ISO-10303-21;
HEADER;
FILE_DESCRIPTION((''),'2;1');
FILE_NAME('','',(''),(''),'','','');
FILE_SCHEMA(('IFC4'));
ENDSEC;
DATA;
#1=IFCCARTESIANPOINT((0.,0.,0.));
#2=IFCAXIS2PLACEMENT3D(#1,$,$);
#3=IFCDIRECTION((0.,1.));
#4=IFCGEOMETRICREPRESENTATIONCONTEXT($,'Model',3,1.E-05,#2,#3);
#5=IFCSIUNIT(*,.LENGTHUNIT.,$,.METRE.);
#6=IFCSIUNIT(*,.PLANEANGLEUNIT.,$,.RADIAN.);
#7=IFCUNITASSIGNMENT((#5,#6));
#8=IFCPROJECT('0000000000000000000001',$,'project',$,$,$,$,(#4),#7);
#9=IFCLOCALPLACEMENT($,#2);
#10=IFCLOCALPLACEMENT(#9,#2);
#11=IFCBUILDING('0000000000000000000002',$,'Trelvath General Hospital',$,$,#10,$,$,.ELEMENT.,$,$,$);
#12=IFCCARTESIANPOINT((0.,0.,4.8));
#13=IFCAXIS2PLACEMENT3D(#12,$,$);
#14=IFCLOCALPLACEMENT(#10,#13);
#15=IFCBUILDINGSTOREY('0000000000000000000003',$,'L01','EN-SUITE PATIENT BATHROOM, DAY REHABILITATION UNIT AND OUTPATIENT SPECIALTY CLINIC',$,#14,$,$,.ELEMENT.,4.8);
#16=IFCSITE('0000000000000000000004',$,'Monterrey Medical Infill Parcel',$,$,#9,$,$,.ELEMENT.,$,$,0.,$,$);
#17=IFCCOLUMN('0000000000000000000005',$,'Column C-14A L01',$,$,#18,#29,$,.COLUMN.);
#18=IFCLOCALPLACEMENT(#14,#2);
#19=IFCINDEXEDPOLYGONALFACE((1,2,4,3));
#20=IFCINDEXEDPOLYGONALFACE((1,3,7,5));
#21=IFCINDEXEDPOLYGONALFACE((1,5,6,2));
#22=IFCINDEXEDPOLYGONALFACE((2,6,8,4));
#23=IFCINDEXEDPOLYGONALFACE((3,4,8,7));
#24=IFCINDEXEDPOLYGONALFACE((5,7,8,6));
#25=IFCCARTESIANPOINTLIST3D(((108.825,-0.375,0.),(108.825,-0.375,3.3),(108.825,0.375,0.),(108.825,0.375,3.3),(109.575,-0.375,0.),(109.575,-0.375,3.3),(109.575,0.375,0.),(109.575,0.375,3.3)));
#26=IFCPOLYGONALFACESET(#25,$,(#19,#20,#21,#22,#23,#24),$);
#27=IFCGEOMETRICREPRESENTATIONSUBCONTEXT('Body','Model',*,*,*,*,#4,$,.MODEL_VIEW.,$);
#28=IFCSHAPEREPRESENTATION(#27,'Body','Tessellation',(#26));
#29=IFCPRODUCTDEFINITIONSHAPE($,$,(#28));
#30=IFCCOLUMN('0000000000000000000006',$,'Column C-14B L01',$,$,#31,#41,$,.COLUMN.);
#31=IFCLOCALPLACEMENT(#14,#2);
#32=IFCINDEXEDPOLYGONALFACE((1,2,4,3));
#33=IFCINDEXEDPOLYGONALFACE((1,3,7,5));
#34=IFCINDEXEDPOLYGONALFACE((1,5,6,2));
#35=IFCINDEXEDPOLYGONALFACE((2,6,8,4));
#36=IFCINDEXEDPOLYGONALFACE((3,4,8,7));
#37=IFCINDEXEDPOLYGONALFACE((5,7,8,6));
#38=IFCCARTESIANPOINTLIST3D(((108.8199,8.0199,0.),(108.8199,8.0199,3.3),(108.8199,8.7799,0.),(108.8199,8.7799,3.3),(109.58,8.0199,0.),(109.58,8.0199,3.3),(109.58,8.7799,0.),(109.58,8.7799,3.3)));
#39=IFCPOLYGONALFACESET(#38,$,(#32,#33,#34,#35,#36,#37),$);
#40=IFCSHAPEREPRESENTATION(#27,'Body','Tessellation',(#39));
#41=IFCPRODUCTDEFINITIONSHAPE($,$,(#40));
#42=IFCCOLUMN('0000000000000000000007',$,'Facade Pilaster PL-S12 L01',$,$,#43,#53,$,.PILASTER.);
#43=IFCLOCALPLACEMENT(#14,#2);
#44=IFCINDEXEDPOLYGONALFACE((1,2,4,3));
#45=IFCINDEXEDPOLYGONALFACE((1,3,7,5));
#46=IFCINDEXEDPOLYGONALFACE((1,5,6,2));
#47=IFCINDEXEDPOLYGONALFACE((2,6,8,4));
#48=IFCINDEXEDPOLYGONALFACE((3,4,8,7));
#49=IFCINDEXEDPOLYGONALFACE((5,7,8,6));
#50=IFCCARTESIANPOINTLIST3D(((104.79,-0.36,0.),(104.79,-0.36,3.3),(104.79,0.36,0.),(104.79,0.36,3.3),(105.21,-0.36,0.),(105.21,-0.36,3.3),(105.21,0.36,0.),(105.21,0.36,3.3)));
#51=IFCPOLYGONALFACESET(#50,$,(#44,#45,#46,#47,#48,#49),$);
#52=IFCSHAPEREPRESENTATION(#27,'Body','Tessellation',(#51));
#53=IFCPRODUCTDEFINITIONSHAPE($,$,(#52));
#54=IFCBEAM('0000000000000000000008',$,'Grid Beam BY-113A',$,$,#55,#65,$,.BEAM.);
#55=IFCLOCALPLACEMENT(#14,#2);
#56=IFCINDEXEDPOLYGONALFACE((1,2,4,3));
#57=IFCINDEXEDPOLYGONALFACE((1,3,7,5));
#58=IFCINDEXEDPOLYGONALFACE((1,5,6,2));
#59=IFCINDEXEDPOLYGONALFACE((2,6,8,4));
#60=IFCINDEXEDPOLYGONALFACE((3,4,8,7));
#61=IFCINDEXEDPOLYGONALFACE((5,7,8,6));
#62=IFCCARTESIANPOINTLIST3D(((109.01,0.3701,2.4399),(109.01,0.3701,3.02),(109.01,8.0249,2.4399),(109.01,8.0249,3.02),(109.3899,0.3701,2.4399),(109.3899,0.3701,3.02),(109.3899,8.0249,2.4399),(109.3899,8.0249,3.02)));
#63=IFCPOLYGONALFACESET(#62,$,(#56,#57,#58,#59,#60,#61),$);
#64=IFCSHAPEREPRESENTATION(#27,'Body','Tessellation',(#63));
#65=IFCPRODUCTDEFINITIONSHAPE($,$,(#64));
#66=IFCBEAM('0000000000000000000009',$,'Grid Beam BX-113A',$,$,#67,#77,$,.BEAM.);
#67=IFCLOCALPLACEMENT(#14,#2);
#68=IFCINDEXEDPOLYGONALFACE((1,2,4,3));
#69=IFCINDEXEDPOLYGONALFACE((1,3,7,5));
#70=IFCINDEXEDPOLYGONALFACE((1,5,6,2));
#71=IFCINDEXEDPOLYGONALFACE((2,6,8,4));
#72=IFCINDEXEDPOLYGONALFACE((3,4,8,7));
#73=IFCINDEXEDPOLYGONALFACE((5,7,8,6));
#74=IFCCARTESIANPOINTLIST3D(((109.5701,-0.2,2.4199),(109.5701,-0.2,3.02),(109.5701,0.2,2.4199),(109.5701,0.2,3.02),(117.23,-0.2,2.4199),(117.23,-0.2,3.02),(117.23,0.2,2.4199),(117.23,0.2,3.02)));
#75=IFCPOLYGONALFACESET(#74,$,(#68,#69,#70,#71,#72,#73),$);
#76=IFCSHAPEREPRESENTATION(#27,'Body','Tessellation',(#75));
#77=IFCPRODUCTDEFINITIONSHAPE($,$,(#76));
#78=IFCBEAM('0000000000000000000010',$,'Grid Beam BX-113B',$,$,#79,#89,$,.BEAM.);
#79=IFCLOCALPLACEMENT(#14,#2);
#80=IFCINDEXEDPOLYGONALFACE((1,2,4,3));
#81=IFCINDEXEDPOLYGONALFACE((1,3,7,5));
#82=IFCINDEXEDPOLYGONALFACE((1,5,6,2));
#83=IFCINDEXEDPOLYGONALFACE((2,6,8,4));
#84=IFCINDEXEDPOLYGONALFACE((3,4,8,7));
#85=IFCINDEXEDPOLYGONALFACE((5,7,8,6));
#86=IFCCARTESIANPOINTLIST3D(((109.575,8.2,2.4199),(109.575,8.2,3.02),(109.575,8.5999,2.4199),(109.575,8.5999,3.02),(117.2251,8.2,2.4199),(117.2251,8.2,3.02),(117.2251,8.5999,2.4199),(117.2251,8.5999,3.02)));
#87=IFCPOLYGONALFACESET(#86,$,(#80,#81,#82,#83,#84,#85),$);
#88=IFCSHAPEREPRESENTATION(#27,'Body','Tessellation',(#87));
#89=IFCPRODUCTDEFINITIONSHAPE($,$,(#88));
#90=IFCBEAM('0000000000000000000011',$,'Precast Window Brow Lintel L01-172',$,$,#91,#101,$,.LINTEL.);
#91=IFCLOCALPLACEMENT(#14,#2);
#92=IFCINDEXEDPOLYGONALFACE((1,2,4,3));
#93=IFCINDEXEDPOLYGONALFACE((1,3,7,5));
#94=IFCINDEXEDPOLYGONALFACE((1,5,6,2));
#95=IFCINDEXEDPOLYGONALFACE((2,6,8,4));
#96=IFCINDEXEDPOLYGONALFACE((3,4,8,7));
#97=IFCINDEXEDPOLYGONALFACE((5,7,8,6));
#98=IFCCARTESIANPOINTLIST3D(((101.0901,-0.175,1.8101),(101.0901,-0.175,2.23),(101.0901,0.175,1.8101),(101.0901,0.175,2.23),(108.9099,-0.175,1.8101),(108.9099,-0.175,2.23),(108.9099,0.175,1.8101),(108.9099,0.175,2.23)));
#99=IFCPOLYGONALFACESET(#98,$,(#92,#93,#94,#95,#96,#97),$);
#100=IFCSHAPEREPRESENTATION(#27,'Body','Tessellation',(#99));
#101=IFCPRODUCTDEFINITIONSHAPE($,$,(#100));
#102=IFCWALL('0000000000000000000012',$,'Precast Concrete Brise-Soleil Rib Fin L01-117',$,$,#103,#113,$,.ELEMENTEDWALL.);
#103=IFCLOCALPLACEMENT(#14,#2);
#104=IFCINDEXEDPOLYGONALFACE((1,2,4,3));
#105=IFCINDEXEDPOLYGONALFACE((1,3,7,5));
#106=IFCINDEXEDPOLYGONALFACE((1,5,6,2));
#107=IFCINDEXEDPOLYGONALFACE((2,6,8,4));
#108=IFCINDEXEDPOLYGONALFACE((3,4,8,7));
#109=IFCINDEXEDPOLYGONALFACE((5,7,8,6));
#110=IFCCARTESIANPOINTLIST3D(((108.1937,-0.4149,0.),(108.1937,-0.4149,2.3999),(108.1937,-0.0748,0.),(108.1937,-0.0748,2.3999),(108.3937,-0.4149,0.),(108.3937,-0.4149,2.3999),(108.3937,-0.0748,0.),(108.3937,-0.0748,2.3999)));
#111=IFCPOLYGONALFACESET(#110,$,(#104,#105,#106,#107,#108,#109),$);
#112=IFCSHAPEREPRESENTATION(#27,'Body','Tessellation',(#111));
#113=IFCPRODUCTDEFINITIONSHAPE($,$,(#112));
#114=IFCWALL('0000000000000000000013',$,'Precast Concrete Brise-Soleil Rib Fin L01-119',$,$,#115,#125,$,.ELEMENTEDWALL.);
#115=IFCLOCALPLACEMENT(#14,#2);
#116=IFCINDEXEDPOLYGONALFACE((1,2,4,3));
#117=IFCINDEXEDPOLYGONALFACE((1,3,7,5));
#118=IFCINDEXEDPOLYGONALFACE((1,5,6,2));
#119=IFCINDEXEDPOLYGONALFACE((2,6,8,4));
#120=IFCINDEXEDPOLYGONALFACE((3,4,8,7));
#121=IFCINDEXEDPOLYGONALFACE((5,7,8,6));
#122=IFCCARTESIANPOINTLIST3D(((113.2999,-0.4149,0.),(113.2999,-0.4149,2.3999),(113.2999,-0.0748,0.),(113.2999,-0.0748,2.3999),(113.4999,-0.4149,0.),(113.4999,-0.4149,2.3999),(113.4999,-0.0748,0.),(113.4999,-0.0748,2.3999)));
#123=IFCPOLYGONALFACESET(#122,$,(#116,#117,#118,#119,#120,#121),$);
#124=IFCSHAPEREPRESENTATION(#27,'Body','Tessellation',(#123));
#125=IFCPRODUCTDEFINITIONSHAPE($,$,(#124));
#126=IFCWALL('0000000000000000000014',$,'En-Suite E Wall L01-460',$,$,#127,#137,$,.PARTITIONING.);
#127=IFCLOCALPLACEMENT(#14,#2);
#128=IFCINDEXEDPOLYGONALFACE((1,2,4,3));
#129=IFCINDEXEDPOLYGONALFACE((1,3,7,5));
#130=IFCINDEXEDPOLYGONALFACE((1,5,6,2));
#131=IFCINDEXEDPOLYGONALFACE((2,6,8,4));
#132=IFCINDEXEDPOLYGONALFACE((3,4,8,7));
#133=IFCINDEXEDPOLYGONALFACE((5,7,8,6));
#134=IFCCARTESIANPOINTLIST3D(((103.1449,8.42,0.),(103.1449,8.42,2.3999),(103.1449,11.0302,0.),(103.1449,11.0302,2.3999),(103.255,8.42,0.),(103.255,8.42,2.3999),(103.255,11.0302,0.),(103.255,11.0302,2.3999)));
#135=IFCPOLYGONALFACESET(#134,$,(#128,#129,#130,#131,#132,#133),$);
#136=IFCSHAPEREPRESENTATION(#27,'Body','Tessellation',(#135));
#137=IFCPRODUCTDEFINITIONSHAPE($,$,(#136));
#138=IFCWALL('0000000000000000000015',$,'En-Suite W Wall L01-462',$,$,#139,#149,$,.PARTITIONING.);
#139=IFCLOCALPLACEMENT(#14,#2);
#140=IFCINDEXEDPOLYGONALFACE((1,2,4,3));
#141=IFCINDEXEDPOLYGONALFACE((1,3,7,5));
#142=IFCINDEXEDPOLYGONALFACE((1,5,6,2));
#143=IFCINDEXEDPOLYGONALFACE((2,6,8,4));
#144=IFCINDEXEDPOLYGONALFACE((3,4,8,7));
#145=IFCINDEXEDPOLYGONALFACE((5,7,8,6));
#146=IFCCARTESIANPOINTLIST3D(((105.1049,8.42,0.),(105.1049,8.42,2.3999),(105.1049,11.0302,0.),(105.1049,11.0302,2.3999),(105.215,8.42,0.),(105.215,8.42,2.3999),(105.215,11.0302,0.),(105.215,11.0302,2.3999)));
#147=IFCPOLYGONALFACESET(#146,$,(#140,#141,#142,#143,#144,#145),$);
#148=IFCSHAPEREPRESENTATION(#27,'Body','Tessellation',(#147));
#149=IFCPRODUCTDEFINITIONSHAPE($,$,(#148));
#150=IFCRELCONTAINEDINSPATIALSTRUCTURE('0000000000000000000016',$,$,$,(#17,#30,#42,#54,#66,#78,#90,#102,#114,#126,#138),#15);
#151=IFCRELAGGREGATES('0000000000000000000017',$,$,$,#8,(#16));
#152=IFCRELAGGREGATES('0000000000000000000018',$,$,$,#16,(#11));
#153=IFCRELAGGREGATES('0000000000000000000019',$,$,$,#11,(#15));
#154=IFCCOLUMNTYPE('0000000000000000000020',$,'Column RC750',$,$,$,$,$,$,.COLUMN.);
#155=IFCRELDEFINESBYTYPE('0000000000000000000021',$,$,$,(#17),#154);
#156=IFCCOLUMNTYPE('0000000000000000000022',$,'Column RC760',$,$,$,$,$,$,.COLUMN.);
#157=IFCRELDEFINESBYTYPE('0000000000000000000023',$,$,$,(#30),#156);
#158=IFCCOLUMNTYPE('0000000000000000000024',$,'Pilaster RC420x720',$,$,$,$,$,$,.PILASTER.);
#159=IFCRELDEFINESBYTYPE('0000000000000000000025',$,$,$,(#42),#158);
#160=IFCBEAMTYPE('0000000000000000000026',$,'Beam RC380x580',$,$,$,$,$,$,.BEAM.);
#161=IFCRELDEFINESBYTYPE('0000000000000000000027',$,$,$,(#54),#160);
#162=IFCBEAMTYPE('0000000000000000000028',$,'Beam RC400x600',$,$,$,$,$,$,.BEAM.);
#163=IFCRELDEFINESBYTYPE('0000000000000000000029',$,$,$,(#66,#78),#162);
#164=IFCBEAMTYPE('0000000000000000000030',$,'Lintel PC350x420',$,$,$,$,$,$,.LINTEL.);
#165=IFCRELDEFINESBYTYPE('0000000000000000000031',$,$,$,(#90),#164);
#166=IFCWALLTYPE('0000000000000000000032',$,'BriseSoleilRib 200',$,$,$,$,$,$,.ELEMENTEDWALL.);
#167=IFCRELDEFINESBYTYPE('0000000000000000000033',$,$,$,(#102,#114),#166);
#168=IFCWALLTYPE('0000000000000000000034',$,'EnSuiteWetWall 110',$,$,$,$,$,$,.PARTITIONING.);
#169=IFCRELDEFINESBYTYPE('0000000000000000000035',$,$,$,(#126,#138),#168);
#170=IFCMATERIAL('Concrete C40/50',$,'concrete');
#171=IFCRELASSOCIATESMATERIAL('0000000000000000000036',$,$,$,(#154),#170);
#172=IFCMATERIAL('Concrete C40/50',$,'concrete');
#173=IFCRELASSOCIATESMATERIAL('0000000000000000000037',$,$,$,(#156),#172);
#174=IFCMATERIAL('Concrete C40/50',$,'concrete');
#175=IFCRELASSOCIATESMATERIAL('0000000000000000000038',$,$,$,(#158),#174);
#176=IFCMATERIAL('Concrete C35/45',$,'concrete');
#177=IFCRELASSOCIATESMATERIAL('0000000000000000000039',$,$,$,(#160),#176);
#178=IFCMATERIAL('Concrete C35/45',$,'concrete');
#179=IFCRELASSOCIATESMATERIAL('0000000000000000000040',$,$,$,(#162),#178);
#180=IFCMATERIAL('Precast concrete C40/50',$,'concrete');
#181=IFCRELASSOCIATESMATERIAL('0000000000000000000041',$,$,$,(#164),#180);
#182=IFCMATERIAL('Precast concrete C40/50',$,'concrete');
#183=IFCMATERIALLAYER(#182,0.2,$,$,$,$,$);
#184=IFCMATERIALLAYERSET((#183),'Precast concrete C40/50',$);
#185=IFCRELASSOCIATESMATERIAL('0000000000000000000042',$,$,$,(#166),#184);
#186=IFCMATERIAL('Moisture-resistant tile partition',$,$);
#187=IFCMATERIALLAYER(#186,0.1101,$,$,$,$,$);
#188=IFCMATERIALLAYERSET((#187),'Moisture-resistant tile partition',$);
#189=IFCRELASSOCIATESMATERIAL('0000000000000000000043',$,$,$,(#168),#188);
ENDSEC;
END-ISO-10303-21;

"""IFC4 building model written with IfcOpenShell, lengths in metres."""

from ifc_helpers import new_model, si_unit, direction, frame, frame_2d, origin, origin_2d, place, context, subcontext, project, spatial, rectangle, extrude, material, layer, layer_set, material_profile, profile_set, type_object, element, save


model = new_model("IFC4")

# Units and contexts
model_context = context("Model", 3, precision=1e-05, world=origin(), true_north=direction((0.0, 1.0)))
body_context = subcontext(model_context, "Body", "Model", "MODEL_VIEW")
ifc_project = project(units=[si_unit("LENGTHUNIT", "METRE"), si_unit("PLANEANGLEUNIT", "RADIAN")], contexts=[model_context])

# Site, building, storey
site_placement = place(None, origin())
site = spatial("IfcSite", under=ifc_project, at=site_placement, Name="Monterrey Medical Infill Parcel", CompositionType="ELEMENT", RefElevation=0.0)
building_placement = place(site_placement, origin())
building = spatial("IfcBuilding", under=site, at=building_placement, Name="Trelvath General Hospital", CompositionType="ELEMENT")
storey_placement = place(building_placement, frame((0.0, 0.0, 4.8)))
storey = spatial("IfcBuildingStorey", under=building, at=storey_placement, Name="L01", Description="EN-SUITE PATIENT BATHROOM, DAY REHABILITATION UNIT AND OUTPATIENT SPECIALTY CLINIC", CompositionType="ELEMENT", Elevation=4.8)

# Columns
ifc_material_1 = material(Name="Concrete C40/50", Category="concrete")
ifc_material_profile_1 = material_profile(ifc_material_1, rectangle(XDim=0.75, YDim=0.75, at=origin_2d()), Name="RC750x750")
ifc_profile_set_1 = profile_set([ifc_material_profile_1], Name="Concrete C40/50")
column_type_1 = type_object("IfcColumnType", Name="Column RC750", PredefinedType="COLUMN", material=ifc_profile_set_1)
column_1_placement = place(storey_placement, frame((109.2, 0.0, 0.0), z_axis=(0.0, 0.0, 1.0), x_axis=(1.0, 0.0, 0.0)))
element("IfcColumn", 1, at=column_1_placement, inside=storey, type_object=column_type_1, Name="Column C-14A L01", PredefinedType="COLUMN", context=body_context, shape_type="SweptSolid", body=[
    extrude(rectangle(XDim=0.75, YDim=0.75, at=origin_2d()), origin(), (0.0, 0.0, 1.0), 3.3),
])
ifc_material_2 = material(Name="Concrete C40/50", Category="concrete")
ifc_material_profile_2 = material_profile(ifc_material_2, rectangle(XDim=0.76, YDim=0.76, at=origin_2d()), Name="RC760x760")
ifc_profile_set_2 = profile_set([ifc_material_profile_2], Name="Concrete C40/50")
column_type_2 = type_object("IfcColumnType", Name="Column RC760", PredefinedType="COLUMN", material=ifc_profile_set_2)
column_2_placement = place(storey_placement, frame((109.2, 8.3999, 0.0), z_axis=(0.0, 0.0, 1.0), x_axis=(1.0, 0.0, 0.0)))
element("IfcColumn", 2, at=column_2_placement, inside=storey, type_object=column_type_2, Name="Column C-14B L01", PredefinedType="COLUMN", context=body_context, shape_type="SweptSolid", body=[
    extrude(rectangle(XDim=0.76, YDim=0.76, at=origin_2d()), origin(), (0.0, 0.0, 1.0), 3.3),
])
ifc_material_3 = material(Name="Concrete C40/50", Category="concrete")
ifc_material_profile_3 = material_profile(ifc_material_3, rectangle(XDim=0.4199, YDim=0.72, at=origin_2d()), Name="RC420x720")
ifc_profile_set_3 = profile_set([ifc_material_profile_3], Name="Concrete C40/50")
column_type_3 = type_object("IfcColumnType", Name="Pilaster RC420x720", PredefinedType="PILASTER", material=ifc_profile_set_3)
column_3_placement = place(storey_placement, frame((105.0, 0.0, 0.0), z_axis=(0.0, 0.0, 1.0), x_axis=(1.0, 0.0, 0.0)))
element("IfcColumn", 3, at=column_3_placement, inside=storey, type_object=column_type_3, Name="Facade Pilaster PL-S12 L01", PredefinedType="PILASTER", context=body_context, shape_type="SweptSolid", body=[
    extrude(rectangle(XDim=0.4199, YDim=0.72, at=origin_2d()), origin(), (0.0, 0.0, 1.0), 3.3),
])

# Beams
ifc_material_4 = material(Name="Concrete C35/45", Category="concrete")
ifc_material_profile_4 = material_profile(ifc_material_4, rectangle(XDim=0.3799, YDim=0.5801, at=origin_2d()), Name="RCB380x580")
ifc_profile_set_4 = profile_set([ifc_material_profile_4], Name="Concrete C35/45")
beam_type_1 = type_object("IfcBeamType", Name="Beam RC380x580", PredefinedType="BEAM", material=ifc_profile_set_4)
beam_1_placement = place(storey_placement, frame((109.2, 0.3701, 2.73), z_axis=(0.0, 1.0, 0.0), x_axis=(-1.0, 0.0, 0.0)))
element("IfcBeam", 4, at=beam_1_placement, inside=storey, type_object=beam_type_1, Name="Grid Beam BY-113A", PredefinedType="BEAM", context=body_context, shape_type="SweptSolid", body=[
    extrude(rectangle(XDim=0.3799, YDim=0.5801, at=origin_2d()), origin(), (0.0, 0.0, 1.0), 7.6548),
])
ifc_material_5 = material(Name="Concrete C35/45", Category="concrete")
ifc_material_profile_5 = material_profile(ifc_material_5, rectangle(XDim=0.3999, YDim=0.6001, at=origin_2d()), Name="RCB400x600")
ifc_profile_set_5 = profile_set([ifc_material_profile_5], Name="Concrete C35/45")
beam_type_2 = type_object("IfcBeamType", Name="Beam RC400x600", PredefinedType="BEAM", material=ifc_profile_set_5)
beam_2_placement = place(storey_placement, frame((109.5701, 0.0, 2.72), z_axis=(1.0, 0.0, 0.0), x_axis=(0.0, 1.0, 0.0)))
element("IfcBeam", 5, at=beam_2_placement, inside=storey, type_object=beam_type_2, Name="Grid Beam BX-113A", PredefinedType="BEAM", context=body_context, shape_type="SweptSolid", body=[
    extrude(rectangle(XDim=0.3999, YDim=0.6001, at=origin_2d()), origin(), (0.0, 0.0, 1.0), 7.6599),
])
beam_3_placement = place(storey_placement, frame((109.575, 8.3999, 2.72), z_axis=(1.0, 0.0, 0.0), x_axis=(0.0, 1.0, 0.0)))
element("IfcBeam", 6, at=beam_3_placement, inside=storey, type_object=beam_type_2, Name="Grid Beam BX-113B", PredefinedType="BEAM", context=body_context, shape_type="SweptSolid", body=[
    extrude(rectangle(XDim=0.3999, YDim=0.6001, at=origin_2d()), origin(), (0.0, 0.0, 1.0), 7.6501),
])
ifc_material_6 = material(Name="Precast concrete C40/50", Category="concrete")
ifc_material_profile_6 = material_profile(ifc_material_6, rectangle(XDim=0.3501, YDim=0.4199, at=origin_2d()), Name="PCL350x420")
ifc_profile_set_6 = profile_set([ifc_material_profile_6], Name="Precast concrete C40/50")
beam_type_3 = type_object("IfcBeamType", Name="Lintel PC350x420", PredefinedType="LINTEL", material=ifc_profile_set_6)
beam_4_placement = place(storey_placement, frame((108.9099, 0.0, 2.02), z_axis=(-1.0, 0.0, 0.0), x_axis=(0.0, -1.0, 0.0)))
element("IfcBeam", 7, at=beam_4_placement, inside=storey, type_object=beam_type_3, Name="Precast Window Brow Lintel L01-172", PredefinedType="LINTEL", context=body_context, shape_type="SweptSolid", body=[
    extrude(rectangle(XDim=0.3501, YDim=0.4199, at=origin_2d()), origin(), (0.0, 0.0, 1.0), 7.8198),
])

# Walls
ifc_material_7 = material(Name="Precast concrete C40/50", Category="concrete")
ifc_layer_1 = layer(ifc_material_7, 0.2)
ifc_layer_set_1 = layer_set([ifc_layer_1], Name="Precast concrete C40/50")
wall_type_1 = type_object("IfcWallType", Name="BriseSoleilRib 200", PredefinedType="ELEMENTEDWALL", material=ifc_layer_set_1)
for number, where, z_axis, x_axis, name in (
    (8, (108.2937, -0.075, 0.0), (0.0, 0.0, 1.0), (0.0, -1.0, 0.0), "Precast Concrete Brise-Soleil Rib Fin L01-117"),
    (9, (113.3999, -0.075, 0.0), (0.0, 0.0, 1.0), (0.0, -1.0, 0.0), "Precast Concrete Brise-Soleil Rib Fin L01-119"),
):
    element("IfcWall", number, at=place(storey_placement, frame(where, z_axis=z_axis, x_axis=x_axis)), inside=storey, type_object=wall_type_1, Name=name, PredefinedType="ELEMENTEDWALL", context=body_context, shape_type="SweptSolid", body=[
        extrude(rectangle(XDim=0.3401, YDim=0.2, at=frame_2d((0.1699, 0.0))), origin(), (0.0, 0.0, 1.0), 2.3999),
    ])
ifc_material_8 = material(Name="Moisture-resistant tile partition")
ifc_layer_2 = layer(ifc_material_8, 0.1101)
ifc_layer_set_2 = layer_set([ifc_layer_2], Name="Moisture-resistant tile partition")
wall_type_2 = type_object("IfcWallType", Name="EnSuiteWetWall 110", PredefinedType="PARTITIONING", material=ifc_layer_set_2)
for number, where, z_axis, x_axis, name in (
    (10, (103.2, 8.4199, 0.0), (0.0, 0.0, 1.0), (0.0, 1.0, 0.0), "En-Suite E Wall L01-460"),
    (11, (105.1599, 8.4199, 0.0), (0.0, 0.0, 1.0), (0.0, 1.0, 0.0), "En-Suite W Wall L01-462"),
):
    element("IfcWall", number, at=place(storey_placement, frame(where, z_axis=z_axis, x_axis=x_axis)), inside=storey, type_object=wall_type_2, Name=name, PredefinedType="PARTITIONING", context=body_context, shape_type="SweptSolid", body=[
        extrude(rectangle(XDim=2.6101, YDim=0.1101, at=frame_2d((1.3052, 0.0))), origin(), (0.0, 0.0, 1.0), 2.3999),
    ])

save(model, "model.ifc")
